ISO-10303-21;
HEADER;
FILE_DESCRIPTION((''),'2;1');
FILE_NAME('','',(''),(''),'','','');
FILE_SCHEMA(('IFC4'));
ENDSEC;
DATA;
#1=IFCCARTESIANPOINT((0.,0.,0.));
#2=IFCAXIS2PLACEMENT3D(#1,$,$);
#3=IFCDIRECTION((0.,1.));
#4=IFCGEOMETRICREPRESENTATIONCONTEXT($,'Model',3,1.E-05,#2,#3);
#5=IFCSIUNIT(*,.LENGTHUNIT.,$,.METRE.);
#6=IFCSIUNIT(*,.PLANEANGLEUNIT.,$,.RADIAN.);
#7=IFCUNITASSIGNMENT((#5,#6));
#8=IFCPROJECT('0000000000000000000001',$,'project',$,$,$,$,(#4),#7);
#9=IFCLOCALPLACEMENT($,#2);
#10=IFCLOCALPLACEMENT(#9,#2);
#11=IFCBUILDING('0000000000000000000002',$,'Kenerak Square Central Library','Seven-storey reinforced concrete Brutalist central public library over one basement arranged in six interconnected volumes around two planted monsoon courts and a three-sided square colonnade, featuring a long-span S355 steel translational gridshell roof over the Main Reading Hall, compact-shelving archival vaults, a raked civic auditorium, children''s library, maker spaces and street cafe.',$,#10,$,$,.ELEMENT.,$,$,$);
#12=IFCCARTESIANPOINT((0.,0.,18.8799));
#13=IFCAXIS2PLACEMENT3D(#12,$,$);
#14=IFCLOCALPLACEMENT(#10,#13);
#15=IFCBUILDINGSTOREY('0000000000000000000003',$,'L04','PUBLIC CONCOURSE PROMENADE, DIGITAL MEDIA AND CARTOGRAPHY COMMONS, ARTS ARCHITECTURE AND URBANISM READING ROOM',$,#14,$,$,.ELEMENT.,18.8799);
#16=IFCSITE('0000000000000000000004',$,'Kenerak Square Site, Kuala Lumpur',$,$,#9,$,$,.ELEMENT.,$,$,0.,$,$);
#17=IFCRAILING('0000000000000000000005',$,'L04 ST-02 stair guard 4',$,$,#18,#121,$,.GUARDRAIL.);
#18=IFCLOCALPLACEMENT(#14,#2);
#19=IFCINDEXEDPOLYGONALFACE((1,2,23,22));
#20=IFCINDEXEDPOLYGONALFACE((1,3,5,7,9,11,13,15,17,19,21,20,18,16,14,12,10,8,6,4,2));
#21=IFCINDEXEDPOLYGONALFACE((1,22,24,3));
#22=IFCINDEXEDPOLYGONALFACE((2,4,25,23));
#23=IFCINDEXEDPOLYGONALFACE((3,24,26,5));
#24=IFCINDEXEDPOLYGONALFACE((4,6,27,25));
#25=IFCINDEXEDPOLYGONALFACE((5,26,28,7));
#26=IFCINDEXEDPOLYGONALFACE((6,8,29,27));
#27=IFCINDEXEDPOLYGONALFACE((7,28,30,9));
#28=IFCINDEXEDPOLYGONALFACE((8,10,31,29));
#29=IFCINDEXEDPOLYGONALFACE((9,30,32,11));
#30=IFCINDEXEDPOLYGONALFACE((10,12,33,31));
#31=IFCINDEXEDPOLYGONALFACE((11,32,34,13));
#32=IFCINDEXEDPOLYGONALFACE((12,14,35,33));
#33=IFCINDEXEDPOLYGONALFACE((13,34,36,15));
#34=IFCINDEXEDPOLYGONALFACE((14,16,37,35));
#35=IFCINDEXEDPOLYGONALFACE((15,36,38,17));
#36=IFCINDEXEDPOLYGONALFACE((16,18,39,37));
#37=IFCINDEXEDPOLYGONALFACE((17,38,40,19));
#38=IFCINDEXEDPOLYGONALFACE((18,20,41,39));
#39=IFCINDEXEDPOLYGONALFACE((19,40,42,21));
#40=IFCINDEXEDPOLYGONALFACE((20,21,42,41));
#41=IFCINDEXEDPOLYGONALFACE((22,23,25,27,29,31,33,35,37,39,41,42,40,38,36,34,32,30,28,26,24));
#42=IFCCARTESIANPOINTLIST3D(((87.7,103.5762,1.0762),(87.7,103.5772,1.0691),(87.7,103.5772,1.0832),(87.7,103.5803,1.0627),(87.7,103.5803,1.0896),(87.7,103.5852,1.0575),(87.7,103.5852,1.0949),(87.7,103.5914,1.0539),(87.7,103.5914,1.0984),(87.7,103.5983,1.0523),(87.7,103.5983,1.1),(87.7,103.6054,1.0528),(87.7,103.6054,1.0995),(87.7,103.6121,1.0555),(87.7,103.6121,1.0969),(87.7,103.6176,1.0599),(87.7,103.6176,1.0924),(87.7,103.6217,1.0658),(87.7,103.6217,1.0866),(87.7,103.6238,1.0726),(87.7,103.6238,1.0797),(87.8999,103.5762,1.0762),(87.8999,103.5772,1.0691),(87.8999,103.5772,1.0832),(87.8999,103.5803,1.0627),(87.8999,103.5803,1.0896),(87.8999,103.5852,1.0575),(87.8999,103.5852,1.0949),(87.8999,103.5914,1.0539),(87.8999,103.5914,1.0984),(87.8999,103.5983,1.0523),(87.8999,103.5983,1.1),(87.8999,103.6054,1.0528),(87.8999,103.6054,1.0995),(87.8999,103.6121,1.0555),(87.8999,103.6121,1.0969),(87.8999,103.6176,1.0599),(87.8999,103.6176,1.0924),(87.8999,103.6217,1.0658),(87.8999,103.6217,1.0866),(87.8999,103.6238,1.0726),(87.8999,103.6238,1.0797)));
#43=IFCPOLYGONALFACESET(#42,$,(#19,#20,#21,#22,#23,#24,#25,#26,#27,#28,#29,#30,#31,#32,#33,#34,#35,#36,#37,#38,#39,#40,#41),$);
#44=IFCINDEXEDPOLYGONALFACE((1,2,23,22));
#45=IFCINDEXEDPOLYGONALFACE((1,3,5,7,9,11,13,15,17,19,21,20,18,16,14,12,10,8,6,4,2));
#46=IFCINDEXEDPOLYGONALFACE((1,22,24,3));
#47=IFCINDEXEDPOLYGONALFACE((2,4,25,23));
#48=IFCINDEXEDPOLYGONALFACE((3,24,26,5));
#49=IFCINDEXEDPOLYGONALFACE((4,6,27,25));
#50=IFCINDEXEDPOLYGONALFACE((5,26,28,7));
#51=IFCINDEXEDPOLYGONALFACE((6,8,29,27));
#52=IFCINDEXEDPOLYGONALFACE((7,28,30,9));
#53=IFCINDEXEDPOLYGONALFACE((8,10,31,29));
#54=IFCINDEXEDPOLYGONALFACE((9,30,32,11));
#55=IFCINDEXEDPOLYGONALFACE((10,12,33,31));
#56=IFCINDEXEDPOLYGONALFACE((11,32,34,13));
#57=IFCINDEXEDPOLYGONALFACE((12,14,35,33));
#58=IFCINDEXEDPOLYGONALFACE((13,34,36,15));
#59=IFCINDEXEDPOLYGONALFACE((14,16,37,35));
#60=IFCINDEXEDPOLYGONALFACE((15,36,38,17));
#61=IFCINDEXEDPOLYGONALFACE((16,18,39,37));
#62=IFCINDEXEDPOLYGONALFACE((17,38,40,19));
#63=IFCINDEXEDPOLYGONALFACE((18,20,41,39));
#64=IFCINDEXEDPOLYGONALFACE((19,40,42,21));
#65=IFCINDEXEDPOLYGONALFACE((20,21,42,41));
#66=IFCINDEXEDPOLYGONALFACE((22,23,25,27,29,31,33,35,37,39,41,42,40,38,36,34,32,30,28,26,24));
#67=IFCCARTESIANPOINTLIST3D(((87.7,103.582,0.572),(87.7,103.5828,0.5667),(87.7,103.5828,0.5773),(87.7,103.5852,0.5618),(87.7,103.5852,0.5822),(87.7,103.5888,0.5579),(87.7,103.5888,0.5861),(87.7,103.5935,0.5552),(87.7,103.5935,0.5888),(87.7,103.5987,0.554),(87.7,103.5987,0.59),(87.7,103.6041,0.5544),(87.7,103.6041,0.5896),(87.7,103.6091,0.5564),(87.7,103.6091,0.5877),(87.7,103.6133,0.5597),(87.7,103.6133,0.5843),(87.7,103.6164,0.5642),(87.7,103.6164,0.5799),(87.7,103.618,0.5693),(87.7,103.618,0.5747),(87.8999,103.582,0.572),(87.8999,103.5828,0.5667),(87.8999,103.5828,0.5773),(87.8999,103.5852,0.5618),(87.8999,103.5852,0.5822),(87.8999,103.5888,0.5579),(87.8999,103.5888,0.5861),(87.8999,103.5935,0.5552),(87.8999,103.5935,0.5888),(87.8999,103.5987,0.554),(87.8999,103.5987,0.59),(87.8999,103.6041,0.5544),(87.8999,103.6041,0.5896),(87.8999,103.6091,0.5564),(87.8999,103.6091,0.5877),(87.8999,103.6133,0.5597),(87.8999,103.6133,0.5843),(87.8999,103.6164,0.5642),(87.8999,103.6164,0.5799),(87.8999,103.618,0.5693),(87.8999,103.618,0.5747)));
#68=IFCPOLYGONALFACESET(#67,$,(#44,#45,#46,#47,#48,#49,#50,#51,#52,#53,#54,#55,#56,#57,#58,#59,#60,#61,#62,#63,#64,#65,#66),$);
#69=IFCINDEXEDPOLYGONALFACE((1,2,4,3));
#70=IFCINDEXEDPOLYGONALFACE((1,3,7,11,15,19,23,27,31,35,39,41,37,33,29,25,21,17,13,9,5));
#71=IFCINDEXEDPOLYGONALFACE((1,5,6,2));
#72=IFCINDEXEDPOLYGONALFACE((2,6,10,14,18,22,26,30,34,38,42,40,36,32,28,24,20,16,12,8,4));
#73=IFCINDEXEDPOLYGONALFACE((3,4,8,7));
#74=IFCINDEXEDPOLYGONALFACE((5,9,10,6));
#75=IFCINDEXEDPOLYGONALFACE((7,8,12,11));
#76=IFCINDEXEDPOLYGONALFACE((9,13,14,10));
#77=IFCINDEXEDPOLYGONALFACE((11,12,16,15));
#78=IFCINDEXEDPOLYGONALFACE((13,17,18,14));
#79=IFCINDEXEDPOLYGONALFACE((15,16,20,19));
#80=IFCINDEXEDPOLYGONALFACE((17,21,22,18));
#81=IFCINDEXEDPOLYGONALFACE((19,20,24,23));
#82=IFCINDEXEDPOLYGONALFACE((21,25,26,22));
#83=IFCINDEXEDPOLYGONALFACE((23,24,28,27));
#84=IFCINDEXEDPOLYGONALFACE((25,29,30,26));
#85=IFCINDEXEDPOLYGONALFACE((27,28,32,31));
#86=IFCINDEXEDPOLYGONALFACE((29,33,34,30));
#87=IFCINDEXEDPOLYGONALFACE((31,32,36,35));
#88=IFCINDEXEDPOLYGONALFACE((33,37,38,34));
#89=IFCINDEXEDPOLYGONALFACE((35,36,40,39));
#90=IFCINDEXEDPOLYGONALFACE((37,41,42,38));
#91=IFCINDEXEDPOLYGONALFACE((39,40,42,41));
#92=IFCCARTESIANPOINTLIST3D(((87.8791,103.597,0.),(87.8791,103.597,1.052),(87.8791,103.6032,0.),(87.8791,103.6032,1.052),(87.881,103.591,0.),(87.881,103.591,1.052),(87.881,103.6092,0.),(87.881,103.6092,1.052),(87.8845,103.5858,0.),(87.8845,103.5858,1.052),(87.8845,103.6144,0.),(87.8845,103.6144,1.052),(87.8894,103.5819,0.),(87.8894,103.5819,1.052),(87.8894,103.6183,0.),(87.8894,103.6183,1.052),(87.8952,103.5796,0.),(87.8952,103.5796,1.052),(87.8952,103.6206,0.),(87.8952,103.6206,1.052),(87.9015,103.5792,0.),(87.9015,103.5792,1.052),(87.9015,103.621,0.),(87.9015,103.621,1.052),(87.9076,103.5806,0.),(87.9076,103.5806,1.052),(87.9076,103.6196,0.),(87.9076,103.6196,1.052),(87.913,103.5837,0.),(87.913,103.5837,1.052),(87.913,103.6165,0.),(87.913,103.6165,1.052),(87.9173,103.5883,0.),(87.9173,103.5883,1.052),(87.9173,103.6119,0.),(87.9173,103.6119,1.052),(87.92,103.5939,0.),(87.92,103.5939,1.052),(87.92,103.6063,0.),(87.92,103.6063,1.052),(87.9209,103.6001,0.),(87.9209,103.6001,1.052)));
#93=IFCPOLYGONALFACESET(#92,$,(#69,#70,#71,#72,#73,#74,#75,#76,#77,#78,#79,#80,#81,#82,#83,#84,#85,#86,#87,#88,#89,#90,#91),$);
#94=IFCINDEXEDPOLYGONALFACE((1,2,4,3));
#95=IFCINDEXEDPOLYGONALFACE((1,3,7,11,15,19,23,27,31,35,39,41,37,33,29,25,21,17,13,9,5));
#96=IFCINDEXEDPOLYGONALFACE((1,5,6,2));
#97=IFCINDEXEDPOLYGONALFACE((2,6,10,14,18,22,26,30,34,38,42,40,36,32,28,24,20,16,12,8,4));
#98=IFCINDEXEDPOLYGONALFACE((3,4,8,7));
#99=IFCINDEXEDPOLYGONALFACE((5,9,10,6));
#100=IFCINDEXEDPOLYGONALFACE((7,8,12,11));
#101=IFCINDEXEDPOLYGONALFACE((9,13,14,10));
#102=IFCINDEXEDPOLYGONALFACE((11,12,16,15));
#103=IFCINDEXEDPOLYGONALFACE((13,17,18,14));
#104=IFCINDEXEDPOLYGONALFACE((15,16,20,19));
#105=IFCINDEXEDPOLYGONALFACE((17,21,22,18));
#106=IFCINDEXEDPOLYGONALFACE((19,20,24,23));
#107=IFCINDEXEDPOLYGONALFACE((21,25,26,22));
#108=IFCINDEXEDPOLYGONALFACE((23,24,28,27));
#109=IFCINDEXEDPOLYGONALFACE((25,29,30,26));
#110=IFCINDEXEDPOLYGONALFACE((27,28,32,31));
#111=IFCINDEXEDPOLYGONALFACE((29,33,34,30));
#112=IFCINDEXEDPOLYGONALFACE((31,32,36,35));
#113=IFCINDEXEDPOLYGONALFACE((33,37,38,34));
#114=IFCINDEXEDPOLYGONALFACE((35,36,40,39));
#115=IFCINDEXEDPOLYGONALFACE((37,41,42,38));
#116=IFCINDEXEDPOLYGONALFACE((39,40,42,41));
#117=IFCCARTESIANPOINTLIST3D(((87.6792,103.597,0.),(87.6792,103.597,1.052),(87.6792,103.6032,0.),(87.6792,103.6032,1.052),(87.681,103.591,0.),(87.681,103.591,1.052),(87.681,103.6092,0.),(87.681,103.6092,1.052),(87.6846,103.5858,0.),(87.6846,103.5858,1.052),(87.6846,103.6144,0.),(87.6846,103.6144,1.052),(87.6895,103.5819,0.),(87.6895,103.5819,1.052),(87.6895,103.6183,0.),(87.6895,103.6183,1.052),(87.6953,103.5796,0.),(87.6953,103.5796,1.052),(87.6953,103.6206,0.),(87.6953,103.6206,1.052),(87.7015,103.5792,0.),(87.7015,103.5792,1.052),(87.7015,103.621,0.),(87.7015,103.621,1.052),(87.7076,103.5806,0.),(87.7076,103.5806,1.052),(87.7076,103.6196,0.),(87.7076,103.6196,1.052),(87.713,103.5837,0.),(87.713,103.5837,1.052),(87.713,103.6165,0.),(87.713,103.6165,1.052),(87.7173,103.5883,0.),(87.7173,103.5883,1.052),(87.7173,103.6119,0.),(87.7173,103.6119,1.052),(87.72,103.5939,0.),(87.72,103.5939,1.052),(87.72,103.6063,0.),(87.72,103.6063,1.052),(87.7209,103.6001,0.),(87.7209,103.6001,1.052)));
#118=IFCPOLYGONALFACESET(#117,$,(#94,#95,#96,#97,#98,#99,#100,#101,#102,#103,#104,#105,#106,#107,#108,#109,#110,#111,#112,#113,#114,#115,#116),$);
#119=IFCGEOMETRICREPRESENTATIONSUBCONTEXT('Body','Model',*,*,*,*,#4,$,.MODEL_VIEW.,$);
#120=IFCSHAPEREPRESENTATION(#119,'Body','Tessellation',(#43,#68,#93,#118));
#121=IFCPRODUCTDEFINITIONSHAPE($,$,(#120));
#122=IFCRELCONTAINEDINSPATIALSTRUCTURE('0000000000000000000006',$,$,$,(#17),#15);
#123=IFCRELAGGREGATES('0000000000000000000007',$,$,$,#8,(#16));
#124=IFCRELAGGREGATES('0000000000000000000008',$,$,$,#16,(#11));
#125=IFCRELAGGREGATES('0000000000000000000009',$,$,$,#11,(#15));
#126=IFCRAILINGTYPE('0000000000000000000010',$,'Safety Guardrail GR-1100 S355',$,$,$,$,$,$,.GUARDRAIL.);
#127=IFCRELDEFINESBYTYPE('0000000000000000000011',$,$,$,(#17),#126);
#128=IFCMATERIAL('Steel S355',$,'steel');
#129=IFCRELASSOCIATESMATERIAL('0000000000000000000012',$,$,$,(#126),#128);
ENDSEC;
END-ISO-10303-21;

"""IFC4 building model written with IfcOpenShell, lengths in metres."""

from ifc_helpers import new_model, si_unit, direction, frame, origin, origin_2d, place, context, subcontext, project, spatial, circle, extrude, material, type_object, element, save


model = new_model("IFC4")

# Units and contexts
model_context = context("Model", 3, precision=1e-05, world=origin(), true_north=direction((0.0, 1.0)))
body_context = subcontext(model_context, "Body", "Model", "MODEL_VIEW")
ifc_project = project(units=[si_unit("LENGTHUNIT", "METRE"), si_unit("PLANEANGLEUNIT", "RADIAN")], contexts=[model_context])

# Site, building, storey
site_placement = place(None, origin())
site = spatial("IfcSite", under=ifc_project, at=site_placement, Name="Kenerak Square Site, Kuala Lumpur", CompositionType="ELEMENT", RefElevation=0.0)
building_placement = place(site_placement, origin())
building = spatial("IfcBuilding", under=site, at=building_placement, Name="Kenerak Square Central Library", Description="Seven-storey reinforced concrete Brutalist central public library over one basement arranged in six interconnected volumes around two planted monsoon courts and a three-sided square colonnade, featuring a long-span S355 steel translational gridshell roof over the Main Reading Hall, compact-shelving archival vaults, a raked civic auditorium, children's library, maker spaces and street cafe.", CompositionType="ELEMENT")
storey_placement = place(building_placement, frame((0.0, 0.0, 18.8799)))
storey = spatial("IfcBuildingStorey", under=building, at=storey_placement, Name="L04", Description="PUBLIC CONCOURSE PROMENADE, DIGITAL MEDIA AND CARTOGRAPHY COMMONS, ARTS ARCHITECTURE AND URBANISM READING ROOM", CompositionType="ELEMENT", Elevation=18.8799)

# Railing
ifc_material_1 = material(Name="Steel S355", Category="steel")
railing_type_1 = type_object("IfcRailingType", Name="Safety Guardrail GR-1100 S355", PredefinedType="GUARDRAIL", material=ifc_material_1)
railing_1_placement = place(storey_placement, frame((87.8999, 103.6001, 0.0)))
element("IfcRailing", 1, at=railing_1_placement, inside=storey, type_object=railing_type_1, Name="L04 ST-02 stair guard 4", PredefinedType="GUARDRAIL", context=body_context, shape_type="SweptSolid", body=[
    extrude(circle(Radius=0.0239, at=origin_2d()), frame((0.0, 0.0, 1.0762), z_axis=(-1.0, 0.0, 0.0), x_axis=(0.0, -1.0, 0.0)), (0.0, 0.0, 1.0), 0.2),
    extrude(circle(Radius=0.0181, at=origin_2d()), frame((0.0, 0.0, 0.572), z_axis=(-1.0, 0.0, 0.0), x_axis=(0.0, -1.0, 0.0)), (0.0, 0.0, 1.0), 0.2),
    extrude(circle(Radius=0.021, at=origin_2d()), origin(), (0.0, 0.0, 1.0), 1.052),
    extrude(circle(Radius=0.021, at=origin_2d()), frame((-0.2, 0.0, 0.0)), (0.0, 0.0, 1.0), 1.052),
])

save(model, "model.ifc")
